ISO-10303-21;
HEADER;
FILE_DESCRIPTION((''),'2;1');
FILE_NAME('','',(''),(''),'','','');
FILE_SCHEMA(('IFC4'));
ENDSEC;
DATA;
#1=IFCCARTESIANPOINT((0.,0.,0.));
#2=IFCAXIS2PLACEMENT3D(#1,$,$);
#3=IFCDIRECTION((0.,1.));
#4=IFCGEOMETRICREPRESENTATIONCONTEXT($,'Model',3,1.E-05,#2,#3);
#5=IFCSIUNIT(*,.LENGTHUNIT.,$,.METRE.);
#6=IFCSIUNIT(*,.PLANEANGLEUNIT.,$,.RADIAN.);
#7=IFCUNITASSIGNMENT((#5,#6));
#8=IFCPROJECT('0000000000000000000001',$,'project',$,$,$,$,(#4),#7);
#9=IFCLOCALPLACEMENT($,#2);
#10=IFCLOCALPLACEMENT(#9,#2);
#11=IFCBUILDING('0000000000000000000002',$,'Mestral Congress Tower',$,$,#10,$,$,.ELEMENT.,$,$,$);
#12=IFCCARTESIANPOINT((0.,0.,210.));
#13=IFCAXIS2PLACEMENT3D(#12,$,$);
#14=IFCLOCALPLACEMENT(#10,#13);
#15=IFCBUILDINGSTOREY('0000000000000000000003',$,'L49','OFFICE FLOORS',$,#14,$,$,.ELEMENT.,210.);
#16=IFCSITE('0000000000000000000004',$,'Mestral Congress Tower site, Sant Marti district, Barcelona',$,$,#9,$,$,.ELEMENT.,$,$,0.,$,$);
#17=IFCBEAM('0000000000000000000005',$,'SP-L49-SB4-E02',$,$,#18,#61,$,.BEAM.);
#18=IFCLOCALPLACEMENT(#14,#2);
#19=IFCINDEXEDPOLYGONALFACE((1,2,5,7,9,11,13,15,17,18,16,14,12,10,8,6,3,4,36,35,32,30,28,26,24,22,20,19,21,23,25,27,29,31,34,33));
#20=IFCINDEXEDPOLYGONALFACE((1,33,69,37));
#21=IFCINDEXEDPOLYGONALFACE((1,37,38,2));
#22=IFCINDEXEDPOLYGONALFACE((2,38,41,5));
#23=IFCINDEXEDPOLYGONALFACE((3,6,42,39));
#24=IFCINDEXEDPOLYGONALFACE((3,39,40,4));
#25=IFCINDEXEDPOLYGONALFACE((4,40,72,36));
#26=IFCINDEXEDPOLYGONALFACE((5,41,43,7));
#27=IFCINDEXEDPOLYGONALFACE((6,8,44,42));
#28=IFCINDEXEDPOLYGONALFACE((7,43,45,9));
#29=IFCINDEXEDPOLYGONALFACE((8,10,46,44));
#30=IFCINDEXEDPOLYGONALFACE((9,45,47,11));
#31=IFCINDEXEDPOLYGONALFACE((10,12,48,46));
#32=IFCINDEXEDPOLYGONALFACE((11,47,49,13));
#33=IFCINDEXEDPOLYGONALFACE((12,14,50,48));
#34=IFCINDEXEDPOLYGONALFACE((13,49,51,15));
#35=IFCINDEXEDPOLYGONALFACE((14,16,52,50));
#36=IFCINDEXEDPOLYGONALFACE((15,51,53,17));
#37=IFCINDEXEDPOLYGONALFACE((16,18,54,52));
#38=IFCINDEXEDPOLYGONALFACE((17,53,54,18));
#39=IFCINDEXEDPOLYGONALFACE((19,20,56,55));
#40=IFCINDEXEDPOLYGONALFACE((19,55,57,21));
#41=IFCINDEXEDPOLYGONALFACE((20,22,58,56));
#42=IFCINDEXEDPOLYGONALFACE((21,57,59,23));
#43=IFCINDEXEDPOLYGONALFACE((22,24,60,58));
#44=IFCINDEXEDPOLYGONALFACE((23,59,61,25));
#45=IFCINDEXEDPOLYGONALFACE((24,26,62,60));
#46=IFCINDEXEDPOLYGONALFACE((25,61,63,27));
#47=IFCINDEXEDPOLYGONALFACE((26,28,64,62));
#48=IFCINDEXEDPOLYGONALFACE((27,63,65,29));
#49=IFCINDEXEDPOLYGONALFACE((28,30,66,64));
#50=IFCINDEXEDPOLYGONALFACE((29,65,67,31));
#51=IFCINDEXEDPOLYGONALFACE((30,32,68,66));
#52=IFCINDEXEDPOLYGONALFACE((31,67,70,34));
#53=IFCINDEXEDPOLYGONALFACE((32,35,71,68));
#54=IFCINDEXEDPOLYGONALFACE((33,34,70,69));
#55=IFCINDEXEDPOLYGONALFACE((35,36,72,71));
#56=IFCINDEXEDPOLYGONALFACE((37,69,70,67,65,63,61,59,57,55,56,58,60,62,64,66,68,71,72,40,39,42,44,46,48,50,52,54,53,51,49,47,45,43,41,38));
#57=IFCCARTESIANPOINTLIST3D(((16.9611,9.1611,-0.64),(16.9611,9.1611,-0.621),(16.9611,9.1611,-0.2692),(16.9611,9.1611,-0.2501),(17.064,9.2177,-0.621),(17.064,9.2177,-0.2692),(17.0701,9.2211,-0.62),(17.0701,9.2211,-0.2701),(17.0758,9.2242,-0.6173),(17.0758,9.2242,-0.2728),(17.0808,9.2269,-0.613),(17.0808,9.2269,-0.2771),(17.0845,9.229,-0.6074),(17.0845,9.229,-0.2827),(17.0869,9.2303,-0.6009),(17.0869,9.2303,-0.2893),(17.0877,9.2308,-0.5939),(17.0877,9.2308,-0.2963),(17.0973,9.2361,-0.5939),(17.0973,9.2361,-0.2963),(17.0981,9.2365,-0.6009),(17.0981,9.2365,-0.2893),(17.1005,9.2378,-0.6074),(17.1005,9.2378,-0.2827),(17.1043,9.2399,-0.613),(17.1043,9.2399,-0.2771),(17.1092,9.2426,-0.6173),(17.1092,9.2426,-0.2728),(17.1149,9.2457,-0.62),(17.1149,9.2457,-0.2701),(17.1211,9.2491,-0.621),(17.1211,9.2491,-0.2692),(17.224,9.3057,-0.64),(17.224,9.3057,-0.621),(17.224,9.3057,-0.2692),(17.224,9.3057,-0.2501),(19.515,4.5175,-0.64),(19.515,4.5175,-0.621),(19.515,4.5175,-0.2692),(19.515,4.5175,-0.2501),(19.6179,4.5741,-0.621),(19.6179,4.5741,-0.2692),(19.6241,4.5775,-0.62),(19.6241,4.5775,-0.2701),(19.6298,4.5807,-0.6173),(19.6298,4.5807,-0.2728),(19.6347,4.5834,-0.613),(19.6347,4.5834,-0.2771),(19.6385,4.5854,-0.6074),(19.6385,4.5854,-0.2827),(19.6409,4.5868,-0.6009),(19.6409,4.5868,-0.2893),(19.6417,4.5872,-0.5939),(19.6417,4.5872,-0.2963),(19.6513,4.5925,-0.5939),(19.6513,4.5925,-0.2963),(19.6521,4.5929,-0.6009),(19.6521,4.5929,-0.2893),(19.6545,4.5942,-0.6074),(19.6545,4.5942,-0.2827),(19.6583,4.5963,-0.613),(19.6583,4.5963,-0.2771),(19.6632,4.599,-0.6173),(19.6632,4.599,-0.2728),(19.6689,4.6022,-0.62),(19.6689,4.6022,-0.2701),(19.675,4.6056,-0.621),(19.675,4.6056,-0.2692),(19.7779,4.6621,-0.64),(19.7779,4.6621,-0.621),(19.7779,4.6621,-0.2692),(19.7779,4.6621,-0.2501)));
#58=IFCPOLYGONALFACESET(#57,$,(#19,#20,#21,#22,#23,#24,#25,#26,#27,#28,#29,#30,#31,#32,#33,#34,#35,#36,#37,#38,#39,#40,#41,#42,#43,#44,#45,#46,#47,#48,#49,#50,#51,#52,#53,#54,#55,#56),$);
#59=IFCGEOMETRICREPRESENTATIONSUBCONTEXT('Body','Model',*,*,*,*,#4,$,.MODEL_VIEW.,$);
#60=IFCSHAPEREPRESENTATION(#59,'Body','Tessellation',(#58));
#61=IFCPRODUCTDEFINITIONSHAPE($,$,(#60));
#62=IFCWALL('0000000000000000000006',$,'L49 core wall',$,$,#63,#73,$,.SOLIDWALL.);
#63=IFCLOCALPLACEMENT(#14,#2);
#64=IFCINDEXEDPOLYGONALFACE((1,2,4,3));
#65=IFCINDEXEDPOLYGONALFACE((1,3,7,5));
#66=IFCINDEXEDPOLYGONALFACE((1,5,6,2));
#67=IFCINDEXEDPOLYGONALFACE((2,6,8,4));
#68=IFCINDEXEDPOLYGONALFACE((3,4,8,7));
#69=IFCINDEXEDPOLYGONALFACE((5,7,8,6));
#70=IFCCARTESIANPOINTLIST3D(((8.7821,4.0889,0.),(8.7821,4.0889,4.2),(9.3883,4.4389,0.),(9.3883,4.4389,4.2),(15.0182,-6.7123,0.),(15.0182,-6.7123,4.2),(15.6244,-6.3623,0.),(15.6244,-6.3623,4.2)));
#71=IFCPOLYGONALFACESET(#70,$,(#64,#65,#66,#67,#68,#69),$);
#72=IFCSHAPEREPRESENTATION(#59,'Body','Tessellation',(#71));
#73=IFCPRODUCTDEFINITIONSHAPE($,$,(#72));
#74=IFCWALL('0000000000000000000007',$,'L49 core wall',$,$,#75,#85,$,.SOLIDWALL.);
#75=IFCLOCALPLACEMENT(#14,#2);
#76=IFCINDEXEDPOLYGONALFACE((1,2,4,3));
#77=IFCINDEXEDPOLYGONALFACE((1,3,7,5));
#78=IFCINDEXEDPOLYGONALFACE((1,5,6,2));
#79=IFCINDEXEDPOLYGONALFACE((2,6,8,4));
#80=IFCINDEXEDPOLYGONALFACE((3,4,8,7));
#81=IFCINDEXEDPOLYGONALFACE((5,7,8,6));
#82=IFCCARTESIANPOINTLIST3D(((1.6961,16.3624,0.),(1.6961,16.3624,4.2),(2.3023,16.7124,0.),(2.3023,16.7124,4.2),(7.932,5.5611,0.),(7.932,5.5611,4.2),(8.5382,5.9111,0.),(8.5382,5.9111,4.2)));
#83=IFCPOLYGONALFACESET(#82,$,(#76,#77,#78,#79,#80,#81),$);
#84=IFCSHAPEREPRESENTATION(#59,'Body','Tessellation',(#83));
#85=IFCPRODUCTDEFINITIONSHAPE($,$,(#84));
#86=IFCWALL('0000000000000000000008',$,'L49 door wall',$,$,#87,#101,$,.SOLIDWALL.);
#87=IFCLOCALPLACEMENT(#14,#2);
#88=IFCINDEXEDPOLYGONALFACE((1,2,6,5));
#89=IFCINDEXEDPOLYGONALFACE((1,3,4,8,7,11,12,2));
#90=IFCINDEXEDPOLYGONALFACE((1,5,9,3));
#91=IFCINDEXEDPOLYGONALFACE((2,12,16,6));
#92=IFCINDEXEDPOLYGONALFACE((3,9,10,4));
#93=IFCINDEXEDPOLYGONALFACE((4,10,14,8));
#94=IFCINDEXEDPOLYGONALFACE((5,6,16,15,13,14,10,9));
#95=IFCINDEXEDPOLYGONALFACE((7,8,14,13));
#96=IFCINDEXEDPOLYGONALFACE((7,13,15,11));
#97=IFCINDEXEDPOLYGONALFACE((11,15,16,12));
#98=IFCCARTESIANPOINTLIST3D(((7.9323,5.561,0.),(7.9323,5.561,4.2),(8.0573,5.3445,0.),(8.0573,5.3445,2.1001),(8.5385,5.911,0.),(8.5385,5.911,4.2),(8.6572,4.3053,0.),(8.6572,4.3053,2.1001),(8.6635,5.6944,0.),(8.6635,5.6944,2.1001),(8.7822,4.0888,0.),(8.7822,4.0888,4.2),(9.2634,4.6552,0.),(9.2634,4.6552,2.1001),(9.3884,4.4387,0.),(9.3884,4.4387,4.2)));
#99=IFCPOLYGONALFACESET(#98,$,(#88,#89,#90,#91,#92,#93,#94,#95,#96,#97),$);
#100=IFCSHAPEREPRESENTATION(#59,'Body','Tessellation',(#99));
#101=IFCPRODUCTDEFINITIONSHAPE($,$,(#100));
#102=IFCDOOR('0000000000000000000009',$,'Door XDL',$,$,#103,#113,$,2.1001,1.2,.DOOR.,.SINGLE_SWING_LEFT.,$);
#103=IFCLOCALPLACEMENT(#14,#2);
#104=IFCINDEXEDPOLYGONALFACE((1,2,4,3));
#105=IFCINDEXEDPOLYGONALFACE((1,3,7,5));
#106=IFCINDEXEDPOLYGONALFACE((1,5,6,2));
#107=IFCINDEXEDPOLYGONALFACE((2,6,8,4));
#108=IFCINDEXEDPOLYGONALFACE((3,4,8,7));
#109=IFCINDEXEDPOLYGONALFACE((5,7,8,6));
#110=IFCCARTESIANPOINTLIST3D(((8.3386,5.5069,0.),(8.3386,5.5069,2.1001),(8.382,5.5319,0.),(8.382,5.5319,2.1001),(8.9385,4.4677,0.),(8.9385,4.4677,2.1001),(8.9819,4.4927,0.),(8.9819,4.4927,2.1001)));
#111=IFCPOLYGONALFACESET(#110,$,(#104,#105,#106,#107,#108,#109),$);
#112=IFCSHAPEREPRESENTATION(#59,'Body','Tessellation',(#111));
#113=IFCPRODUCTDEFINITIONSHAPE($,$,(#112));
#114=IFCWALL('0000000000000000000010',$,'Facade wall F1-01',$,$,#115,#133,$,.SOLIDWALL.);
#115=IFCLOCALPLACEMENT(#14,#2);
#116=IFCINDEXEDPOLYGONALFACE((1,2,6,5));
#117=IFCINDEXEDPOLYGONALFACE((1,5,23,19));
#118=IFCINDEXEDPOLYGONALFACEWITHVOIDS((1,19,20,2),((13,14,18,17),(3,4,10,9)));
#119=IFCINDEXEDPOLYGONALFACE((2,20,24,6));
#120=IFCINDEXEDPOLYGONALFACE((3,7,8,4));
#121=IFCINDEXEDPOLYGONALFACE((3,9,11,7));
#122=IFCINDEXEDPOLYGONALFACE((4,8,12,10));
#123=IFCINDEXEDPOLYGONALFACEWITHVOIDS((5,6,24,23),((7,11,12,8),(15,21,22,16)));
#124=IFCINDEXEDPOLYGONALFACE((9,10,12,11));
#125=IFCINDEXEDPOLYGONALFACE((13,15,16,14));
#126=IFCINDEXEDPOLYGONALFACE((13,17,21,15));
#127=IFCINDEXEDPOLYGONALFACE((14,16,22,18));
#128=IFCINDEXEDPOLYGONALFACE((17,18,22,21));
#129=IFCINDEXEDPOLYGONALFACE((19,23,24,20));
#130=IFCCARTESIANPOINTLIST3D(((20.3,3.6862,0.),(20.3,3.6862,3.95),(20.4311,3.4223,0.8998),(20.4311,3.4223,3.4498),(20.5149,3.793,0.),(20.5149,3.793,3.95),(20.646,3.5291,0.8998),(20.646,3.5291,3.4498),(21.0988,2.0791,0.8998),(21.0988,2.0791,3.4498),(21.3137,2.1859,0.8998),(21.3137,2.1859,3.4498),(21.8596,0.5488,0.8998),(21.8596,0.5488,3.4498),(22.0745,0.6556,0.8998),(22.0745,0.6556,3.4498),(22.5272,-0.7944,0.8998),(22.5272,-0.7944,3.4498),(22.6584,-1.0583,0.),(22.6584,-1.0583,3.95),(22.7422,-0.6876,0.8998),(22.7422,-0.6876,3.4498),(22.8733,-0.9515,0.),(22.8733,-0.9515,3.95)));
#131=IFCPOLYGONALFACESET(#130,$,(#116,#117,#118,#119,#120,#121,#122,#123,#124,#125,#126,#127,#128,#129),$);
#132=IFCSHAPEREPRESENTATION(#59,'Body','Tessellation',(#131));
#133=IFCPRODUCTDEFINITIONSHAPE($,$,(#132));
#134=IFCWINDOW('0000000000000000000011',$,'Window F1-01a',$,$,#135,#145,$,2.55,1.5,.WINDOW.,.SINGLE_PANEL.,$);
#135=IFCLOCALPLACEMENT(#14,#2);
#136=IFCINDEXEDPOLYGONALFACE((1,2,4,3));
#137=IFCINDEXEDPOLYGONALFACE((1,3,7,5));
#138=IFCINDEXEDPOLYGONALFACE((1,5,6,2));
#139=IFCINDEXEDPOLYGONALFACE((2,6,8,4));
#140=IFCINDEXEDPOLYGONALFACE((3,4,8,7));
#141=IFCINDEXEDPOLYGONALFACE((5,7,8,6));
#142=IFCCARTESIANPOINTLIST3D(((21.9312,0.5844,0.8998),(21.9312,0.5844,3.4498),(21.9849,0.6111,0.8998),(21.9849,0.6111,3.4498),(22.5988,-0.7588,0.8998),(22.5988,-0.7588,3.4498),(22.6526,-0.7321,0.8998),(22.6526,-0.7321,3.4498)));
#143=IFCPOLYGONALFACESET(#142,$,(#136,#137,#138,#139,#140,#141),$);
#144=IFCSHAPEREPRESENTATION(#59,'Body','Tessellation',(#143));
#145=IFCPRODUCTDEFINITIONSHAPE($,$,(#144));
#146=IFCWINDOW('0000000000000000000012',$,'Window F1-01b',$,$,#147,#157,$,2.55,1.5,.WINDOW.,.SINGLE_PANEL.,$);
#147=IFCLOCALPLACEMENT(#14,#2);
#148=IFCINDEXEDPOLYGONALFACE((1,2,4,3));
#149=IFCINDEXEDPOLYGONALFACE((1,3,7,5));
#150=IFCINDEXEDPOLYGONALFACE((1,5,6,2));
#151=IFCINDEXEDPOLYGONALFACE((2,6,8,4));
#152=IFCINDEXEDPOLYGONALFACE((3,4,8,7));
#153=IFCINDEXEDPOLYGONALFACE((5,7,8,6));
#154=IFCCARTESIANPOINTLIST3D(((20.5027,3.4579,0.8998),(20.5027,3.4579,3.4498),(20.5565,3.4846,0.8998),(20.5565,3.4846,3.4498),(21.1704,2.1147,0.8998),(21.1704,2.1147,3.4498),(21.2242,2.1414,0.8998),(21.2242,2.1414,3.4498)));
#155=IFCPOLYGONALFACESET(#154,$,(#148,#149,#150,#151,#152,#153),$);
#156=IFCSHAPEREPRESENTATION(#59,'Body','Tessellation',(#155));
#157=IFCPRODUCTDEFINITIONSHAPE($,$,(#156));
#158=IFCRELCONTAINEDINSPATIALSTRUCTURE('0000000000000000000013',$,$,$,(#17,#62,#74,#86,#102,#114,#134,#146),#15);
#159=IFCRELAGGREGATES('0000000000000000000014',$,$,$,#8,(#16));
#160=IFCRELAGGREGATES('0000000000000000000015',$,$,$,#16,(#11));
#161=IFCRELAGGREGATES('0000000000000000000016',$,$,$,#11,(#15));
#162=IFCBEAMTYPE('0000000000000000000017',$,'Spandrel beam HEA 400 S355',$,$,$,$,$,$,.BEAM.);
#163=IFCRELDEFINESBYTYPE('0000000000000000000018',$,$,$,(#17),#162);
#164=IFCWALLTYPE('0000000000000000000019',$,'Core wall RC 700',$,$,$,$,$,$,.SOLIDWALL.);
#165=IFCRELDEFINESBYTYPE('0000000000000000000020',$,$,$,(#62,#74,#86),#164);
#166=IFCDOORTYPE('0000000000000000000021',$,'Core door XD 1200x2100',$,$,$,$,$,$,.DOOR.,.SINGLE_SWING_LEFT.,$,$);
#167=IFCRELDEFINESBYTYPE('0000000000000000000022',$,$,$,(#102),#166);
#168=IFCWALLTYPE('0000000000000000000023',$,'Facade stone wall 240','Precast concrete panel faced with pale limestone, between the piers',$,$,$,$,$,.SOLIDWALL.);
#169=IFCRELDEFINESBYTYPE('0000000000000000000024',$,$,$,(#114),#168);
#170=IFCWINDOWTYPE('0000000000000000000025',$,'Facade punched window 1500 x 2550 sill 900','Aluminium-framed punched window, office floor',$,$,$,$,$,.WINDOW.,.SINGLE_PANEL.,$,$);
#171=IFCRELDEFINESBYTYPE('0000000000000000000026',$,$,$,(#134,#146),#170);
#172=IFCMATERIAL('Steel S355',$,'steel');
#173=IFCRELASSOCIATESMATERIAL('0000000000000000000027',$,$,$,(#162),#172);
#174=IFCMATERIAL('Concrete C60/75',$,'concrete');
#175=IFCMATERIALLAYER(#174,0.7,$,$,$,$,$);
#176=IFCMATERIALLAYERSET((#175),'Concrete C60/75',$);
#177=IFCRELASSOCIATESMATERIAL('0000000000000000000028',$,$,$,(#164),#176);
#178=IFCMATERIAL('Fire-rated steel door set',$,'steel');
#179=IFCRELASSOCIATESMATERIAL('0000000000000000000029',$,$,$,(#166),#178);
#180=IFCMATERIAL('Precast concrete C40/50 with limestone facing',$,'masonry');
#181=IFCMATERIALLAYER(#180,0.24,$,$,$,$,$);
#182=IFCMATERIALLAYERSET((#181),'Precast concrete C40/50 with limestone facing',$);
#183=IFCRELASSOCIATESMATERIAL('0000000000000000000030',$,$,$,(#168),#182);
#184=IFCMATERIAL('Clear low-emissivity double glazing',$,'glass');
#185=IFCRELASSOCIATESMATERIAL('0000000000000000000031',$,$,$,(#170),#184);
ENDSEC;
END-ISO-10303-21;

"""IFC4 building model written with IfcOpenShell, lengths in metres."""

from ifc_helpers import new_model, si_unit, direction, frame, frame_2d, origin, origin_2d, place, context, subcontext, project, spatial, rectangle, i_section, extrude, material, layer, layer_set, material_profile, profile_set, type_object, element, fill, save


model = new_model("IFC4")

# Units and contexts
model_context = context("Model", 3, precision=1e-05, world=origin(), true_north=direction((0.0, 1.0)))
body_context = subcontext(model_context, "Body", "Model", "MODEL_VIEW")
ifc_project = project(units=[si_unit("LENGTHUNIT", "METRE"), si_unit("PLANEANGLEUNIT", "RADIAN")], contexts=[model_context])

# Site, building, storey
site_placement = place(None, origin())
site = spatial("IfcSite", under=ifc_project, at=site_placement, Name="Mestral Congress Tower site, Sant Marti district, Barcelona", CompositionType="ELEMENT", RefElevation=0.0)
building_placement = place(site_placement, origin())
building = spatial("IfcBuilding", under=site, at=building_placement, Name="Mestral Congress Tower", CompositionType="ELEMENT")
storey_placement = place(building_placement, frame((0.0, 0.0, 210.0)))
storey = spatial("IfcBuildingStorey", under=building, at=storey_placement, Name="L49", Description="OFFICE FLOORS", CompositionType="ELEMENT", Elevation=210.0)

# Shared definitions
ifc_material_1 = material(Name="Concrete C60/75", Category="concrete")

# Beam
ifc_material_2 = material(Name="Steel S355", Category="steel")
ifc_material_profile_1 = material_profile(ifc_material_2, i_section(OverallWidth=0.3, OverallDepth=0.3899, WebThickness=0.011, FlangeThickness=0.019, FilletRadius=0.0271, at=origin_2d()), Name="HEA 400")
ifc_profile_set_1 = profile_set([ifc_material_profile_1], Name="Steel S355")
beam_type_1 = type_object("IfcBeamType", Name="Spandrel beam HEA 400 S355", PredefinedType="BEAM", material=ifc_profile_set_1)
beam_1_placement = place(storey_placement, frame((19.6465, 4.5898, -0.4451), z_axis=(-0.481919, 0.876216, 0.0), x_axis=(-0.876216, -0.481919, 0.0)))
element("IfcBeam", 1, at=beam_1_placement, inside=storey, type_object=beam_type_1, Name="SP-L49-SB4-E02", PredefinedType="BEAM", context=body_context, shape_type="SweptSolid", body=[
    extrude(i_section(OverallWidth=0.3, OverallDepth=0.3899, WebThickness=0.011, FlangeThickness=0.019, FilletRadius=0.0271, at=origin_2d()), origin(), (0.0, 0.0, 1.0), 5.2996),
])

# Walls
ifc_layer_1 = layer(ifc_material_1, 0.7)
ifc_layer_set_1 = layer_set([ifc_layer_1], Name="Concrete C60/75")
wall_type_1 = type_object("IfcWallType", Name="Core wall RC 700", PredefinedType="SOLIDWALL", material=ifc_layer_set_1)
for number, where, z_axis, x_axis, name in (
    (2, (9.0852, 4.2639, 0.0), (0.0, 0.0, 1.0), (0.499998, -0.866027, 0.0), "L49 core wall"),
    (3, (8.2351, 5.7361, 0.0), (0.0, 0.0, 1.0), (-0.499983, 0.866035, 0.0), "L49 core wall"),
):
    element("IfcWall", number, at=place(storey_placement, frame(where, z_axis=z_axis, x_axis=x_axis)), inside=storey, type_object=wall_type_1, Name=name, PredefinedType="SOLIDWALL", context=body_context, shape_type="SweptSolid", body=[
        extrude(rectangle(XDim=12.4722, YDim=0.7, at=frame_2d((6.2361, 0.0))), origin(), (0.0, 0.0, 1.0), 4.2),
    ])

# Wall, opening, door
wall_1_placement = place(storey_placement, frame((8.2354, 5.7361, 0.0), z_axis=(0.0, 0.0, 1.0), x_axis=(0.499955, -0.866052, 0.0)))
wall_1 = element("IfcWall", 4, at=wall_1_placement, inside=storey, type_object=wall_type_1, Name="L49 door wall", PredefinedType="SOLIDWALL", context=body_context, shape_type="SweptSolid", body=[
    extrude(rectangle(XDim=1.7, YDim=0.7, at=frame_2d((0.8501, 0.0))), origin(), (0.0, 0.0, 1.0), 4.2),
])
opening_1_placement = place(wall_1_placement, frame((0.25, 0.0, 0.0)))
opening_1 = element("IfcOpeningElement", 5, at=opening_1_placement, cuts=wall_1, PredefinedType="OPENING", context=body_context, shape_type="SweptSolid", body=[
    extrude(rectangle(XDim=1.2, YDim=2.1001, at=frame_2d((0.6001, 1.05))), frame((0.0, 0.3599, 0.0), z_axis=(0.0, -1.0, 0.0), x_axis=(1.0, 0.0, 0.0)), (0.0, 0.0, 1.0), 0.72),
])
ifc_material_3 = material(Name="Fire-rated steel door set", Category="steel")
door_type_1 = type_object("IfcDoorType", Name="Core door XD 1200x2100", OperationType="SINGLE_SWING_LEFT", PredefinedType="DOOR", material=ifc_material_3)
door_1_placement = place(opening_1_placement, origin())
door_1 = element("IfcDoor", 6, at=door_1_placement, inside=storey, type_object=door_type_1, Name="Door XDL", OperationType="SINGLE_SWING_LEFT", OverallHeight=2.1001, OverallWidth=1.2, PredefinedType="DOOR", context=body_context, shape_type="SweptSolid", body=[
    extrude(rectangle(XDim=1.2, YDim=2.1001, at=frame_2d((0.6001, 1.05))), frame((0.0, 0.0249, 0.0), z_axis=(0.0, -1.0, 0.0), x_axis=(1.0, 0.0, 0.0)), (0.0, 0.0, 1.0), 0.05),
])
fill(opening_1, door_1)

# Wall, openings, windows
ifc_material_4 = material(Name="Precast concrete C40/50 with limestone facing", Category="masonry")
ifc_layer_2 = layer(ifc_material_4, 0.24)
ifc_layer_set_2 = layer_set([ifc_layer_2], Name="Precast concrete C40/50 with limestone facing")
wall_type_2 = type_object("IfcWallType", Name="Facade stone wall 240", Description="Precast concrete panel faced with pale limestone, between the piers", PredefinedType="SOLIDWALL", material=ifc_layer_set_2)
wall_2_placement = place(storey_placement, frame((22.7659, -1.0049, 0.0), z_axis=(0.0, 0.0, 1.0), x_axis=(-0.44513, 0.895466, 0.0)))
wall_2 = element("IfcWall", 7, at=wall_2_placement, inside=storey, type_object=wall_type_2, Name="Facade wall F1-01", PredefinedType="SOLIDWALL", context=body_context, shape_type="SweptSolid", body=[
    extrude(rectangle(XDim=5.2983, YDim=0.24, at=frame_2d((2.6492, 0.0))), origin(), (0.0, 0.0, 1.0), 3.95),
])
opening_2_placement = place(wall_2_placement, frame((0.2947, 0.0, 0.8999)))
opening_2 = element("IfcOpeningElement", 8, at=opening_2_placement, cuts=wall_2, PredefinedType="OPENING", context=body_context, shape_type="SweptSolid", body=[
    extrude(rectangle(XDim=1.5, YDim=2.55, at=frame_2d((0.75, 1.2749))), frame((0.0, 0.1299, 0.0), z_axis=(0.0, -1.0, 0.0), x_axis=(1.0, 0.0, 0.0)), (0.0, 0.0, 1.0), 0.26),
])
opening_3_placement = place(wall_2_placement, frame((3.5037, 0.0, 0.8999)))
opening_3 = element("IfcOpeningElement", 9, at=opening_3_placement, cuts=wall_2, PredefinedType="OPENING", context=body_context, shape_type="SweptSolid", body=[
    extrude(rectangle(XDim=1.5, YDim=2.55, at=frame_2d((0.75, 1.2749))), frame((0.0, 0.1299, 0.0), z_axis=(0.0, -1.0, 0.0), x_axis=(1.0, 0.0, 0.0)), (0.0, 0.0, 1.0), 0.26),
])
ifc_material_5 = material(Name="Clear low-emissivity double glazing", Category="glass")
window_type = type_object("IfcWindowType", Name="Facade punched window 1500 x 2550 sill 900", Description="Aluminium-framed punched window, office floor", PartitioningType="SINGLE_PANEL", PredefinedType="WINDOW", material=ifc_material_5)
window_1_placement = place(opening_2_placement, origin())
window_1 = element("IfcWindow", 10, at=window_1_placement, inside=storey, type_object=window_type, Name="Window F1-01a", OverallHeight=2.55, OverallWidth=1.5, PartitioningType="SINGLE_PANEL", PredefinedType="WINDOW", context=body_context, shape_type="SweptSolid", body=[
    extrude(rectangle(XDim=1.5, YDim=2.55, at=frame_2d((0.75, 1.2749))), frame((0.0, 0.04, 0.0), z_axis=(0.0, -1.0, 0.0), x_axis=(1.0, 0.0, 0.0)), (0.0, 0.0, 1.0), 0.0601),
])
fill(opening_2, window_1)
window_2_placement = place(opening_3_placement, origin())
window_2 = element("IfcWindow", 11, at=window_2_placement, inside=storey, type_object=window_type, Name="Window F1-01b", OverallHeight=2.55, OverallWidth=1.5, PartitioningType="SINGLE_PANEL", PredefinedType="WINDOW", context=body_context, shape_type="SweptSolid", body=[
    extrude(rectangle(XDim=1.5, YDim=2.55, at=frame_2d((0.75, 1.2749))), frame((0.0, 0.04, 0.0), z_axis=(0.0, -1.0, 0.0), x_axis=(1.0, 0.0, 0.0)), (0.0, 0.0, 1.0), 0.0601),
])
fill(opening_3, window_2)

save(model, "model.ifc")
